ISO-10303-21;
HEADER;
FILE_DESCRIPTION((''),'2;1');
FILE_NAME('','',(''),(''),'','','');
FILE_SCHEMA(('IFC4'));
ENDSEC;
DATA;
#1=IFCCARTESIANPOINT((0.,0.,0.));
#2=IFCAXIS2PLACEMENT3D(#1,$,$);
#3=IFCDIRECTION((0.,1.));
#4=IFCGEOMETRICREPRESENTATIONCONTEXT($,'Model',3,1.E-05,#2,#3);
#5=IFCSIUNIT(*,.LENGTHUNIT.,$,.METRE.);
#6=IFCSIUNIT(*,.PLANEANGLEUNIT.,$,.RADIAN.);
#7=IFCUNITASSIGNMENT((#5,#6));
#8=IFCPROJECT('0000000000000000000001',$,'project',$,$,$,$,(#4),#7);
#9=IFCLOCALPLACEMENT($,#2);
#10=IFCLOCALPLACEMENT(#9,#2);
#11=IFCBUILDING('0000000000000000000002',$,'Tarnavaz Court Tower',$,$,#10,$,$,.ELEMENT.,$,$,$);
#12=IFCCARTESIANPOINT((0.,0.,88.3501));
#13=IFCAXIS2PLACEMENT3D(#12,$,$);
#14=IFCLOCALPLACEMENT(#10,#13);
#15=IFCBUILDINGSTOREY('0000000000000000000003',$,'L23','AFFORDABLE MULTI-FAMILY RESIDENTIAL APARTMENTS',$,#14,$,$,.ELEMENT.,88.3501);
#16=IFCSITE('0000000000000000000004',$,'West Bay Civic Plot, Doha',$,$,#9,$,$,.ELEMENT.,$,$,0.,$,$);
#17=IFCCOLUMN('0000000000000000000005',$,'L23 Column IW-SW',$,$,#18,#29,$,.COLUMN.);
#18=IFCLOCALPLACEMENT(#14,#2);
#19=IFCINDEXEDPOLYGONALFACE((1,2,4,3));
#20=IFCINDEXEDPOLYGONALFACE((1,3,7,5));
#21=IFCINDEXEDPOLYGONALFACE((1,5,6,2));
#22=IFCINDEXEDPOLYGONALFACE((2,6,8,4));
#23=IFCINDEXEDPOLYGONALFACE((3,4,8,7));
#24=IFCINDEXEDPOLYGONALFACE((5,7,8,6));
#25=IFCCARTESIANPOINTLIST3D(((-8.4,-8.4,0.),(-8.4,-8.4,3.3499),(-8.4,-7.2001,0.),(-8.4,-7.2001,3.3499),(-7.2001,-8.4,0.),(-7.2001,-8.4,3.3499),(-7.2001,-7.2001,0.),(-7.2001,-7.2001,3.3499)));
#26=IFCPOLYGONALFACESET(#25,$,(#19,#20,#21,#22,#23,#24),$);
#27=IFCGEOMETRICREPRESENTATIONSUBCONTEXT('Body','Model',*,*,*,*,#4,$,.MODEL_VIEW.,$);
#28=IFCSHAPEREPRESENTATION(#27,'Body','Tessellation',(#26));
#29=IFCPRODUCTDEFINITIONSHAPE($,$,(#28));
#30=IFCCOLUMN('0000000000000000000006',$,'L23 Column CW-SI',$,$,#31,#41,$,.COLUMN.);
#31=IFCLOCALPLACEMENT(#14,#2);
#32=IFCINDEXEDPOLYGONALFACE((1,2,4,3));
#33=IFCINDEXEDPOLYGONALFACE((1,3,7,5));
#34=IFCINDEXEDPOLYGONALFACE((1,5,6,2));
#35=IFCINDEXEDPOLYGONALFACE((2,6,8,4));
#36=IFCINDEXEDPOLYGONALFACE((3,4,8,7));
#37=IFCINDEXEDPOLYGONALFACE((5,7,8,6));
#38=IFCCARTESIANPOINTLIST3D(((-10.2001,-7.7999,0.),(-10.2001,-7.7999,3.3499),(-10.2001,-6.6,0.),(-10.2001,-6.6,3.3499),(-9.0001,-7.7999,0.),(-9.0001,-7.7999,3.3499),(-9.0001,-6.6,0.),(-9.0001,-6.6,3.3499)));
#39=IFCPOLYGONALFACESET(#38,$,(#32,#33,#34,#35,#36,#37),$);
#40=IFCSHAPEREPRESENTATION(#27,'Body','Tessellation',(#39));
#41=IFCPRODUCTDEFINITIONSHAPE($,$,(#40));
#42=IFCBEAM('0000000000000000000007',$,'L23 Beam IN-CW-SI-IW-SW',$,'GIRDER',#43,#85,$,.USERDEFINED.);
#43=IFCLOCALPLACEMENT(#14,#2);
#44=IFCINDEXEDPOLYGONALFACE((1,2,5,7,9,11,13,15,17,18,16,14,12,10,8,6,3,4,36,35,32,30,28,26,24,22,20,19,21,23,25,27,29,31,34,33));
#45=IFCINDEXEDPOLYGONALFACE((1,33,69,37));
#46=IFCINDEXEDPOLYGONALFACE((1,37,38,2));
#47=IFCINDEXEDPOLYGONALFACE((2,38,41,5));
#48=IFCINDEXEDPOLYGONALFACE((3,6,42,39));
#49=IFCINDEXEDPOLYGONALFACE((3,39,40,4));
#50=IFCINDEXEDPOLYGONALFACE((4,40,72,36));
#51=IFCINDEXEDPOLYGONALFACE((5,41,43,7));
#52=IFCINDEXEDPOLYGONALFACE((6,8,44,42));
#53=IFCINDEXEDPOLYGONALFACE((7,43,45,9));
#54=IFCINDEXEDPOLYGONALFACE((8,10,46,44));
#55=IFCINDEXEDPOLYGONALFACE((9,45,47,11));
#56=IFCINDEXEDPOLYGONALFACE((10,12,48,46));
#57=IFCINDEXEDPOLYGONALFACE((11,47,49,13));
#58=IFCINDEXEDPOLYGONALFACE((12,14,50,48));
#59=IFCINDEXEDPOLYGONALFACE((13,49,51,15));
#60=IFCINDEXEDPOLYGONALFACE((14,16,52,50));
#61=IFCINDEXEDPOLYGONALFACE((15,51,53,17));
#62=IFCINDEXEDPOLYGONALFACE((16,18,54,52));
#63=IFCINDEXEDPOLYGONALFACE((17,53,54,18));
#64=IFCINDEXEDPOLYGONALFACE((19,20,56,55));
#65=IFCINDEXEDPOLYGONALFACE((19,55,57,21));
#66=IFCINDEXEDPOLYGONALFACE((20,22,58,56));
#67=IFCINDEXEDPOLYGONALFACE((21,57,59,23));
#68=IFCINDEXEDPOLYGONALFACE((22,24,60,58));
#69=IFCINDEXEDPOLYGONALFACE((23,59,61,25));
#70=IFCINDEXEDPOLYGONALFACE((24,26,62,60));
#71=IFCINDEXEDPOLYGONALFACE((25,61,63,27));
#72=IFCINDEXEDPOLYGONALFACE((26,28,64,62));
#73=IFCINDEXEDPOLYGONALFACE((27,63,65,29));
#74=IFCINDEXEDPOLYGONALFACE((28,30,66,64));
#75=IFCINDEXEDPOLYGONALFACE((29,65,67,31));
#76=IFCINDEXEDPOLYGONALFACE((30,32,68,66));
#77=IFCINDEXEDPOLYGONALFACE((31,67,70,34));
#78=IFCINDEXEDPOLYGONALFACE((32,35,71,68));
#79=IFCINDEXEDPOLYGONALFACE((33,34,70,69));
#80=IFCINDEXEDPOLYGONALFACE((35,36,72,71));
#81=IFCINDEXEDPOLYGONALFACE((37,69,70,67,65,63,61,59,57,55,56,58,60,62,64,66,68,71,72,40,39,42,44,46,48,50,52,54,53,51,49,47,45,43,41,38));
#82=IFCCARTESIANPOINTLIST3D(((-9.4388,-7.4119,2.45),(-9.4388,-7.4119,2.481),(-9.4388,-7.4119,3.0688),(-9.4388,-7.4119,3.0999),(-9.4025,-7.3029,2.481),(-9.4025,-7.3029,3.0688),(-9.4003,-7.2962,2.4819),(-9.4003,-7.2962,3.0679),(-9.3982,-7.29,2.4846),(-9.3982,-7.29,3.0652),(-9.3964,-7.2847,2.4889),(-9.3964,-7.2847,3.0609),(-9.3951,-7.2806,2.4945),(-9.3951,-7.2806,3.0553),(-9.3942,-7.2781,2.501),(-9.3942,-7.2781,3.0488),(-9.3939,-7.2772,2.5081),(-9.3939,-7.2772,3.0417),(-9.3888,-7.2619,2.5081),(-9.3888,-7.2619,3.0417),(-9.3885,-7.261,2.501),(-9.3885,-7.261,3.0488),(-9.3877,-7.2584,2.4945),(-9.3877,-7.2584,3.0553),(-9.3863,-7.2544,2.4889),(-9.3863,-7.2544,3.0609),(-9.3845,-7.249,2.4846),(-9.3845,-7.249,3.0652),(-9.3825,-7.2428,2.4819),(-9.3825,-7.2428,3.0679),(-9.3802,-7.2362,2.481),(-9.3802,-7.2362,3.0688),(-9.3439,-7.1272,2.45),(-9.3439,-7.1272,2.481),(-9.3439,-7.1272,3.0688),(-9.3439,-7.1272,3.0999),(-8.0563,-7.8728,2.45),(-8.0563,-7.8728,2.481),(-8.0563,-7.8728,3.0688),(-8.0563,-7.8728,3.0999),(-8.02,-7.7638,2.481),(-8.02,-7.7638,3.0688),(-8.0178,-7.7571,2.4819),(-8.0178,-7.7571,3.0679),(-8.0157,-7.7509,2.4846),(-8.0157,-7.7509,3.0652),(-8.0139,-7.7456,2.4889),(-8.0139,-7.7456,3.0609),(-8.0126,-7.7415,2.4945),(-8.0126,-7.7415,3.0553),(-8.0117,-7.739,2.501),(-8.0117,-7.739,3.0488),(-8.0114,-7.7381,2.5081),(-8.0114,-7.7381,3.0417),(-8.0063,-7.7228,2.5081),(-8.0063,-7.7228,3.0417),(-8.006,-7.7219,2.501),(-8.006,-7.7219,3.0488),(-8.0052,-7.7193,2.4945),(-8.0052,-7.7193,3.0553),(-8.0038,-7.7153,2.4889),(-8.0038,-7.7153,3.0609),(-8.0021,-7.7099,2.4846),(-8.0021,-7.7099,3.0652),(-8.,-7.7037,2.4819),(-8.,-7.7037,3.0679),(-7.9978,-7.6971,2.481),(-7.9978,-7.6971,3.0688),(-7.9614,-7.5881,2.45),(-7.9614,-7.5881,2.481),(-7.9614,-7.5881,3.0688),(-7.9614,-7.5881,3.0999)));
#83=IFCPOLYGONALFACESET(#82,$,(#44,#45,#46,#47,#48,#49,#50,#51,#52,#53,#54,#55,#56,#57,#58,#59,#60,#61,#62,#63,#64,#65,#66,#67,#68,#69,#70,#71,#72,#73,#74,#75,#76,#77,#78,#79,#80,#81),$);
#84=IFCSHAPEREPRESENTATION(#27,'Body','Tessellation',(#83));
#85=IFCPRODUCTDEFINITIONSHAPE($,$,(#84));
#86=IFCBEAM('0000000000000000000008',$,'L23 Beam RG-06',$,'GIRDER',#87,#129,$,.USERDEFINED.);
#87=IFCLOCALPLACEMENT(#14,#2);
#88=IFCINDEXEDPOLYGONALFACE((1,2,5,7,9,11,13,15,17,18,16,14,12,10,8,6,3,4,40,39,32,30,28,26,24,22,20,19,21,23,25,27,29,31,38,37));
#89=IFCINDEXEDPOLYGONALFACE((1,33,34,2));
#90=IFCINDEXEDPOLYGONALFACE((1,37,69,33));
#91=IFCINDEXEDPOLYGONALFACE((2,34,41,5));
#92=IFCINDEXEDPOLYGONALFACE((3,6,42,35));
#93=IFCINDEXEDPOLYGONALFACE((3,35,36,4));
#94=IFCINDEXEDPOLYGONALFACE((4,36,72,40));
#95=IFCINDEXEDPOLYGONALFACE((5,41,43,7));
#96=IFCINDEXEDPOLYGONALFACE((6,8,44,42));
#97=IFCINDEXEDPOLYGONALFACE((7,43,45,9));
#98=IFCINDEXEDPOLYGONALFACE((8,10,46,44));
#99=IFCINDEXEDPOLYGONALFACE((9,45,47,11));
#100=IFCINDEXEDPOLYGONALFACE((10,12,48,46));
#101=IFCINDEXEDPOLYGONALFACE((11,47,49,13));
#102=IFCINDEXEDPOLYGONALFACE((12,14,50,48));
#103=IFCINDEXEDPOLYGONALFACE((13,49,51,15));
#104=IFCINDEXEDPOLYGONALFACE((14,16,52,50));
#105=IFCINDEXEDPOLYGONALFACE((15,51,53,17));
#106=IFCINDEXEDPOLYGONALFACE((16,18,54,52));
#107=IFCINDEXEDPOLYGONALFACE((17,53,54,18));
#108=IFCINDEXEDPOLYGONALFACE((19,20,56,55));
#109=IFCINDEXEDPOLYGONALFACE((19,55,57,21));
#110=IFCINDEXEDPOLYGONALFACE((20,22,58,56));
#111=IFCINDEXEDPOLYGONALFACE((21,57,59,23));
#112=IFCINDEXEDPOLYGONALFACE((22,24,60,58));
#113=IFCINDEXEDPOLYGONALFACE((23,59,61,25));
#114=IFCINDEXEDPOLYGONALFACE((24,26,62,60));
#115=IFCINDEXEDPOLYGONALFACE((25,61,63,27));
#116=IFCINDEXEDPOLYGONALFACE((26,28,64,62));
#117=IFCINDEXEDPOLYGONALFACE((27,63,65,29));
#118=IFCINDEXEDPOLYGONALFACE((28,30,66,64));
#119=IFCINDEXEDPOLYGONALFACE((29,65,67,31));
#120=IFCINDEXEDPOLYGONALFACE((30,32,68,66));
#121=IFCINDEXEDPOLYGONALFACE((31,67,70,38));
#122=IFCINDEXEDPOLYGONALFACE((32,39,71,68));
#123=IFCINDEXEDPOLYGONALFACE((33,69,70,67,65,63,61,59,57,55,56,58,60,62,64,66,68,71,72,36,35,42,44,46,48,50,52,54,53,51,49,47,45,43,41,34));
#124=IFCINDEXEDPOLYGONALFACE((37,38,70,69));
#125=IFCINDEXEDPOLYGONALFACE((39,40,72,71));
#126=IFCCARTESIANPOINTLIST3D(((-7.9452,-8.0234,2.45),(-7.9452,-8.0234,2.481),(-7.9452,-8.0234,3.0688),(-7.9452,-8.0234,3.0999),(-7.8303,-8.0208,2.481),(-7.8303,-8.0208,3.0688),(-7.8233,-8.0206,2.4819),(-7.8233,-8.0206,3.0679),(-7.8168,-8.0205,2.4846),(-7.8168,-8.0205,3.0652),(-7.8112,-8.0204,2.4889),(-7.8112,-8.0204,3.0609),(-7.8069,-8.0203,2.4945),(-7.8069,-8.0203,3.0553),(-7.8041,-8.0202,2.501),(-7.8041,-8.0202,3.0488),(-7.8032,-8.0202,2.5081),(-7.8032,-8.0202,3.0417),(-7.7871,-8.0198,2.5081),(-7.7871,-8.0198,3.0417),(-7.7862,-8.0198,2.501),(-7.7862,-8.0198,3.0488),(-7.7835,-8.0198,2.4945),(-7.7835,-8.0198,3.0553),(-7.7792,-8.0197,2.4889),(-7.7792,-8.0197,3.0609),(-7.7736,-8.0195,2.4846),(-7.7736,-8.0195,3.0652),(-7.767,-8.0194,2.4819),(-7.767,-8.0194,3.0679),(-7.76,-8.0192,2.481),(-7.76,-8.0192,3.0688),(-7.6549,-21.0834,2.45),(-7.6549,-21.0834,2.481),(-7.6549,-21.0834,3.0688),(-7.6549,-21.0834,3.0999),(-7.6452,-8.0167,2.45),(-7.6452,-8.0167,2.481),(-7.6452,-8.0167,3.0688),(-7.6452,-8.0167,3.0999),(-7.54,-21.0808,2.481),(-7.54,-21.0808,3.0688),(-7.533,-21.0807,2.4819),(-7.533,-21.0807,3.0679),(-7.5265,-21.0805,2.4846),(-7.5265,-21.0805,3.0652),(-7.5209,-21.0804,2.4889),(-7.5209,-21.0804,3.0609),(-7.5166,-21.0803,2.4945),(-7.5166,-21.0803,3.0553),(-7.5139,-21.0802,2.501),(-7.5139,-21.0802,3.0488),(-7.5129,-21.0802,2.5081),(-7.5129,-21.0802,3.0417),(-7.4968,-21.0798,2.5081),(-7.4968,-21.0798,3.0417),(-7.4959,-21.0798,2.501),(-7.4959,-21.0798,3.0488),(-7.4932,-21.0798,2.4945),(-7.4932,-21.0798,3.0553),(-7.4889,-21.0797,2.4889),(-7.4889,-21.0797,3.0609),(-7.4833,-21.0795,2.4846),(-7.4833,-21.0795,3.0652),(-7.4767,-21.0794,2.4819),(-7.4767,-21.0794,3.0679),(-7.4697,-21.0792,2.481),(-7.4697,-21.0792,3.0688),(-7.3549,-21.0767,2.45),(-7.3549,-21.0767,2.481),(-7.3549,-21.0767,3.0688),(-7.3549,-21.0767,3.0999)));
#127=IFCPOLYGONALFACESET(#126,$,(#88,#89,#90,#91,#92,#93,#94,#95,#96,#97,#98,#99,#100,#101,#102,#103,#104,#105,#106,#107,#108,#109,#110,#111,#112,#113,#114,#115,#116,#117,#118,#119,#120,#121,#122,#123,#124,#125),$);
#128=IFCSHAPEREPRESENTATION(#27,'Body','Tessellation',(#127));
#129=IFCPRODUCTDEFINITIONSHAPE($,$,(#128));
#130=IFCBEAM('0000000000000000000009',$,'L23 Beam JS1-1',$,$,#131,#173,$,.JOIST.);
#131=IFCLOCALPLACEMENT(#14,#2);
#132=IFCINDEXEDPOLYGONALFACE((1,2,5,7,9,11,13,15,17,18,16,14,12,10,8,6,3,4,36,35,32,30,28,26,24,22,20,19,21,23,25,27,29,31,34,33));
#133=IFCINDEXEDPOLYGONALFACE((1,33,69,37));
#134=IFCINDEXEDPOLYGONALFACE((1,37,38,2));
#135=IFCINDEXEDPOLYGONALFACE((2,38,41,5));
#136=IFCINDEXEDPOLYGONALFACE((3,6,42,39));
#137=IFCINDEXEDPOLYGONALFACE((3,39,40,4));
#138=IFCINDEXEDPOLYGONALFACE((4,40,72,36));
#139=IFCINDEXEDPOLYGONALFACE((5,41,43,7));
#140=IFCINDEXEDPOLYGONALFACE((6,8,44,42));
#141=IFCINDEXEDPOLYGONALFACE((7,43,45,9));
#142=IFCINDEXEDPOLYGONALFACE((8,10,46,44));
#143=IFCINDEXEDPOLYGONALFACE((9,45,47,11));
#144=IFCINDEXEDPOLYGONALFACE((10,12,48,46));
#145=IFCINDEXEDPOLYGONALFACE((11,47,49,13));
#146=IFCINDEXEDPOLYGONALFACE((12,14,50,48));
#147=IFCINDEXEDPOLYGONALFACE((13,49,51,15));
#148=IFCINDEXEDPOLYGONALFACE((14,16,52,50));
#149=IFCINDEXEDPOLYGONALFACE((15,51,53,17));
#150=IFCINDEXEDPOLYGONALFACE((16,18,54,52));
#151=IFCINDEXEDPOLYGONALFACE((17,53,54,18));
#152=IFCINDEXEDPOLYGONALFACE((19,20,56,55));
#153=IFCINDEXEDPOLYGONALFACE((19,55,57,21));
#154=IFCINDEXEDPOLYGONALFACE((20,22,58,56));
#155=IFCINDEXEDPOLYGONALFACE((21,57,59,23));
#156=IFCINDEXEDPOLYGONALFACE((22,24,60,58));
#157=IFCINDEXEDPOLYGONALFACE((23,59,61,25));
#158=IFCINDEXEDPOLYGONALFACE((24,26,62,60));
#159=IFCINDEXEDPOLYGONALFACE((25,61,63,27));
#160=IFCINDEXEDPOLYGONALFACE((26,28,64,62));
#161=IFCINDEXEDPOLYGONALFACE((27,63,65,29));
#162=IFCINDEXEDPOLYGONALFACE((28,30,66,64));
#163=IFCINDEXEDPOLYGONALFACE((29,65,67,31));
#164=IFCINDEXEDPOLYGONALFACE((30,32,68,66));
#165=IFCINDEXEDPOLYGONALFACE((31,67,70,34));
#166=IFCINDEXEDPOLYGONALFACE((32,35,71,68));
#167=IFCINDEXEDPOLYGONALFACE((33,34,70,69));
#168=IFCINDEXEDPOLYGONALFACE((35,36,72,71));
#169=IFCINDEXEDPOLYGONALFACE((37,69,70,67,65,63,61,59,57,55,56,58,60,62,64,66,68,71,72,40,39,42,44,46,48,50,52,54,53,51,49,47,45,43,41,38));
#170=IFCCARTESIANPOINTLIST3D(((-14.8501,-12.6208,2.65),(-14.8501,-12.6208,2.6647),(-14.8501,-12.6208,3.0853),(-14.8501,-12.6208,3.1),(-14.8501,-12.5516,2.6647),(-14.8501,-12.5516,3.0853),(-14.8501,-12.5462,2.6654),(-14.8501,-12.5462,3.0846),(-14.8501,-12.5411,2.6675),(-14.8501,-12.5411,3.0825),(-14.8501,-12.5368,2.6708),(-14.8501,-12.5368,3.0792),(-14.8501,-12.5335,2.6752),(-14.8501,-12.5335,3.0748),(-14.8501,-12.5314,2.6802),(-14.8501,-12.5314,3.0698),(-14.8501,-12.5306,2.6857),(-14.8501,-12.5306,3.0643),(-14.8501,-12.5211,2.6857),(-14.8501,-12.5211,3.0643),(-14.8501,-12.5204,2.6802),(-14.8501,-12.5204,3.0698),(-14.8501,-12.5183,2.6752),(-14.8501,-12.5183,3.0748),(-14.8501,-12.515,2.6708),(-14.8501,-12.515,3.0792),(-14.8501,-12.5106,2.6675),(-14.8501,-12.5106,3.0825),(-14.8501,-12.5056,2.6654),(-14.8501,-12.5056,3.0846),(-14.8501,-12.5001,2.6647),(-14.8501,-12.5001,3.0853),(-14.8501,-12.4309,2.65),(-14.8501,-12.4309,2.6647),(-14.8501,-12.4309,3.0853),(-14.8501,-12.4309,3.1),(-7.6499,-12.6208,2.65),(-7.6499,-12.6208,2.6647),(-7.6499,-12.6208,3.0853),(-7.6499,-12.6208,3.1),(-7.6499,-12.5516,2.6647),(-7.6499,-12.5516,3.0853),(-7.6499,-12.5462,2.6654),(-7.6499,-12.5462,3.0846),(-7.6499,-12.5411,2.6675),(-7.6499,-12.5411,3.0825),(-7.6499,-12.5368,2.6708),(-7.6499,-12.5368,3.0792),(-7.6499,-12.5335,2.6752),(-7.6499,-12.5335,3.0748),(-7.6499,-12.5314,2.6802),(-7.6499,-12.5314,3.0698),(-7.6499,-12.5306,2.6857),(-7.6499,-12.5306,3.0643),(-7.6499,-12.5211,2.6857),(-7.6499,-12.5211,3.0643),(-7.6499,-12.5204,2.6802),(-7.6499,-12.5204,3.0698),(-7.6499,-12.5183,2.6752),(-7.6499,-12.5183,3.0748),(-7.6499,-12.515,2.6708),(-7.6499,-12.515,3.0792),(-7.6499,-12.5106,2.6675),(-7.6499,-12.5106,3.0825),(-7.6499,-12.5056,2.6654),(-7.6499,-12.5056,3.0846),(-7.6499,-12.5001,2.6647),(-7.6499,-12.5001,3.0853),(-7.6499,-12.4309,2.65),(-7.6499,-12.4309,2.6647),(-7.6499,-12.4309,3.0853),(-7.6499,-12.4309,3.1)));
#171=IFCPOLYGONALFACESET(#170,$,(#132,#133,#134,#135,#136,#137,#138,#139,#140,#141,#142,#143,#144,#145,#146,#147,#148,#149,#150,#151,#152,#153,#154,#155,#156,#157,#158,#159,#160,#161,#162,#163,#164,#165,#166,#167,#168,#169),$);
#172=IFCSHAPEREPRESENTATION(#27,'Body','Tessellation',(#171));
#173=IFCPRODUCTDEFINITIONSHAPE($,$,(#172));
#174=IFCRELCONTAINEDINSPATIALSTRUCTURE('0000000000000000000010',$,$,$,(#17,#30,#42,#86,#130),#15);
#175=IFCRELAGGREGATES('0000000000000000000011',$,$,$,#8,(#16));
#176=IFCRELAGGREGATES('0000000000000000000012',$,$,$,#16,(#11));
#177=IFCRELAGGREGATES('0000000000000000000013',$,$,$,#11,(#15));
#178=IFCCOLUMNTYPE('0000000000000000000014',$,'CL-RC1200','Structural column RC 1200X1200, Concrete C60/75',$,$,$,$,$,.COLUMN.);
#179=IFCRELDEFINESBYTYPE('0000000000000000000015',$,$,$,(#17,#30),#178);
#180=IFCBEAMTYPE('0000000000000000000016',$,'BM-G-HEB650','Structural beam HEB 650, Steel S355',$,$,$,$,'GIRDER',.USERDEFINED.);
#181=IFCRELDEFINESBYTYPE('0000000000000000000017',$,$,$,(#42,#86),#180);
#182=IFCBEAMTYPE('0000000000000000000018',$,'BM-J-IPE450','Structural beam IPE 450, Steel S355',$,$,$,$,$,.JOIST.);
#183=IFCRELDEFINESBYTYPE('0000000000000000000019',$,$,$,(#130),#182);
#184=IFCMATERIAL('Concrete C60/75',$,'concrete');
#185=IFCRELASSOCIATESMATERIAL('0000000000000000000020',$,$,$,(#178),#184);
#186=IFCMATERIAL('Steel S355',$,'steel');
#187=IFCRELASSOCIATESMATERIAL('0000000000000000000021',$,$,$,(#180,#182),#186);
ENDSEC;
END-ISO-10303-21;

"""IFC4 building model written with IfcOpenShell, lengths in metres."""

from ifc_helpers import new_model, si_unit, direction, frame, origin, origin_2d, place, context, subcontext, project, spatial, rectangle, i_section, extrude, material, material_profile, profile_set, type_object, element, save


model = new_model("IFC4")

# Units and contexts
model_context = context("Model", 3, precision=1e-05, world=origin(), true_north=direction((0.0, 1.0)))
body_context = subcontext(model_context, "Body", "Model", "MODEL_VIEW")
ifc_project = project(units=[si_unit("LENGTHUNIT", "METRE"), si_unit("PLANEANGLEUNIT", "RADIAN")], contexts=[model_context])

# Site, building, storey
site_placement = place(None, origin())
site = spatial("IfcSite", under=ifc_project, at=site_placement, Name="West Bay Civic Plot, Doha", CompositionType="ELEMENT", RefElevation=0.0)
building_placement = place(site_placement, origin())
building = spatial("IfcBuilding", under=site, at=building_placement, Name="Tarnavaz Court Tower", CompositionType="ELEMENT")
storey_placement = place(building_placement, frame((0.0, 0.0, 88.3501)))
storey = spatial("IfcBuildingStorey", under=building, at=storey_placement, Name="L23", Description="AFFORDABLE MULTI-FAMILY RESIDENTIAL APARTMENTS", CompositionType="ELEMENT", Elevation=88.3501)

# Columns
ifc_material_1 = material(Name="Concrete C60/75", Category="concrete")
ifc_material_profile_1 = material_profile(ifc_material_1, rectangle(XDim=1.2, YDim=1.2, at=origin_2d()), Name="RC 1200X1200")
ifc_profile_set_1 = profile_set([ifc_material_profile_1], Name="Concrete C60/75")
column_type = type_object("IfcColumnType", Name="CL-RC1200", Description="Structural column RC 1200X1200, Concrete C60/75", PredefinedType="COLUMN", material=ifc_profile_set_1)
for number, where, z_axis, x_axis, name in (
    (1, (-7.8, -7.8, 0.0), (0.0, 0.0, 1.0), (1.0, 0.0, 0.0), "L23 Column IW-SW"),
    (2, (-9.6001, -7.2, 0.0), (0.0, 0.0, 1.0), (1.0, 0.0, 0.0), "L23 Column CW-SI"),
):
    element("IfcColumn", number, at=place(storey_placement, frame(where, z_axis=z_axis, x_axis=x_axis)), inside=storey, type_object=column_type, Name=name, PredefinedType="COLUMN", context=body_context, shape_type="SweptSolid", body=[
        extrude(rectangle(XDim=1.2, YDim=1.2, at=origin_2d()), origin(), (0.0, 0.0, 1.0), 3.3499),
    ])

# Beams
ifc_material_2 = material(Name="Steel S355", Category="steel")
ifc_material_profile_2 = material_profile(ifc_material_2, i_section(OverallWidth=0.3, OverallDepth=0.6499, WebThickness=0.0161, FlangeThickness=0.031, FilletRadius=0.0271, at=origin_2d()), Name="HEB 650")
ifc_profile_set_2 = profile_set([ifc_material_profile_2], Name="Steel S355")
beam_type_1 = type_object("IfcBeamType", Name="BM-G-HEB650", Description="Structural beam HEB 650, Steel S355", ElementType="GIRDER", PredefinedType="USERDEFINED", material=ifc_profile_set_2)
beam_1_placement = place(storey_placement, frame((-9.3914, -7.2695, 2.7749), z_axis=(0.948667, -0.316278, 0.0), x_axis=(0.316278, 0.948667, 0.0)))
element("IfcBeam", 3, at=beam_1_placement, inside=storey, type_object=beam_type_1, Name="L23 Beam IN-CW-SI-IW-SW", ObjectType="GIRDER", PredefinedType="USERDEFINED", context=body_context, shape_type="SweptSolid", body=[
    extrude(i_section(OverallWidth=0.3, OverallDepth=0.6499, WebThickness=0.0161, FlangeThickness=0.031, FilletRadius=0.0271, at=origin_2d()), origin(), (0.0, 0.0, 1.0), 1.4573),
])
beam_2_placement = place(storey_placement, frame((-7.7952, -8.02, 2.7749), z_axis=(0.022221, -0.999753, 0.0), x_axis=(0.999753, 0.022221, 0.0)))
element("IfcBeam", 4, at=beam_2_placement, inside=storey, type_object=beam_type_1, Name="L23 Beam RG-06", ObjectType="GIRDER", PredefinedType="USERDEFINED", context=body_context, shape_type="SweptSolid", body=[
    extrude(i_section(OverallWidth=0.3, OverallDepth=0.6499, WebThickness=0.0161, FlangeThickness=0.031, FilletRadius=0.0271, at=origin_2d()), origin(), (0.0, 0.0, 1.0), 13.0632),
])
ifc_material_profile_3 = material_profile(ifc_material_2, i_section(OverallWidth=0.1899, OverallDepth=0.45, WebThickness=0.0095, FlangeThickness=0.0146, FilletRadius=0.021, at=origin_2d()), Name="IPE 450")
ifc_profile_set_3 = profile_set([ifc_material_profile_3], Name="Steel S355")
beam_type_2 = type_object("IfcBeamType", Name="BM-J-IPE450", Description="Structural beam IPE 450, Steel S355", PredefinedType="JOIST", material=ifc_profile_set_3)
beam_3_placement = place(storey_placement, frame((-14.8501, -12.5259, 2.875), z_axis=(1.0, 0.0, 0.0), x_axis=(0.0, 1.0, 0.0)))
element("IfcBeam", 5, at=beam_3_placement, inside=storey, type_object=beam_type_2, Name="L23 Beam JS1-1", PredefinedType="JOIST", context=body_context, shape_type="SweptSolid", body=[
    extrude(i_section(OverallWidth=0.1899, OverallDepth=0.45, WebThickness=0.0095, FlangeThickness=0.0146, FilletRadius=0.021, at=origin_2d()), origin(), (0.0, 0.0, 1.0), 7.2002),
])

save(model, "model.ifc")
